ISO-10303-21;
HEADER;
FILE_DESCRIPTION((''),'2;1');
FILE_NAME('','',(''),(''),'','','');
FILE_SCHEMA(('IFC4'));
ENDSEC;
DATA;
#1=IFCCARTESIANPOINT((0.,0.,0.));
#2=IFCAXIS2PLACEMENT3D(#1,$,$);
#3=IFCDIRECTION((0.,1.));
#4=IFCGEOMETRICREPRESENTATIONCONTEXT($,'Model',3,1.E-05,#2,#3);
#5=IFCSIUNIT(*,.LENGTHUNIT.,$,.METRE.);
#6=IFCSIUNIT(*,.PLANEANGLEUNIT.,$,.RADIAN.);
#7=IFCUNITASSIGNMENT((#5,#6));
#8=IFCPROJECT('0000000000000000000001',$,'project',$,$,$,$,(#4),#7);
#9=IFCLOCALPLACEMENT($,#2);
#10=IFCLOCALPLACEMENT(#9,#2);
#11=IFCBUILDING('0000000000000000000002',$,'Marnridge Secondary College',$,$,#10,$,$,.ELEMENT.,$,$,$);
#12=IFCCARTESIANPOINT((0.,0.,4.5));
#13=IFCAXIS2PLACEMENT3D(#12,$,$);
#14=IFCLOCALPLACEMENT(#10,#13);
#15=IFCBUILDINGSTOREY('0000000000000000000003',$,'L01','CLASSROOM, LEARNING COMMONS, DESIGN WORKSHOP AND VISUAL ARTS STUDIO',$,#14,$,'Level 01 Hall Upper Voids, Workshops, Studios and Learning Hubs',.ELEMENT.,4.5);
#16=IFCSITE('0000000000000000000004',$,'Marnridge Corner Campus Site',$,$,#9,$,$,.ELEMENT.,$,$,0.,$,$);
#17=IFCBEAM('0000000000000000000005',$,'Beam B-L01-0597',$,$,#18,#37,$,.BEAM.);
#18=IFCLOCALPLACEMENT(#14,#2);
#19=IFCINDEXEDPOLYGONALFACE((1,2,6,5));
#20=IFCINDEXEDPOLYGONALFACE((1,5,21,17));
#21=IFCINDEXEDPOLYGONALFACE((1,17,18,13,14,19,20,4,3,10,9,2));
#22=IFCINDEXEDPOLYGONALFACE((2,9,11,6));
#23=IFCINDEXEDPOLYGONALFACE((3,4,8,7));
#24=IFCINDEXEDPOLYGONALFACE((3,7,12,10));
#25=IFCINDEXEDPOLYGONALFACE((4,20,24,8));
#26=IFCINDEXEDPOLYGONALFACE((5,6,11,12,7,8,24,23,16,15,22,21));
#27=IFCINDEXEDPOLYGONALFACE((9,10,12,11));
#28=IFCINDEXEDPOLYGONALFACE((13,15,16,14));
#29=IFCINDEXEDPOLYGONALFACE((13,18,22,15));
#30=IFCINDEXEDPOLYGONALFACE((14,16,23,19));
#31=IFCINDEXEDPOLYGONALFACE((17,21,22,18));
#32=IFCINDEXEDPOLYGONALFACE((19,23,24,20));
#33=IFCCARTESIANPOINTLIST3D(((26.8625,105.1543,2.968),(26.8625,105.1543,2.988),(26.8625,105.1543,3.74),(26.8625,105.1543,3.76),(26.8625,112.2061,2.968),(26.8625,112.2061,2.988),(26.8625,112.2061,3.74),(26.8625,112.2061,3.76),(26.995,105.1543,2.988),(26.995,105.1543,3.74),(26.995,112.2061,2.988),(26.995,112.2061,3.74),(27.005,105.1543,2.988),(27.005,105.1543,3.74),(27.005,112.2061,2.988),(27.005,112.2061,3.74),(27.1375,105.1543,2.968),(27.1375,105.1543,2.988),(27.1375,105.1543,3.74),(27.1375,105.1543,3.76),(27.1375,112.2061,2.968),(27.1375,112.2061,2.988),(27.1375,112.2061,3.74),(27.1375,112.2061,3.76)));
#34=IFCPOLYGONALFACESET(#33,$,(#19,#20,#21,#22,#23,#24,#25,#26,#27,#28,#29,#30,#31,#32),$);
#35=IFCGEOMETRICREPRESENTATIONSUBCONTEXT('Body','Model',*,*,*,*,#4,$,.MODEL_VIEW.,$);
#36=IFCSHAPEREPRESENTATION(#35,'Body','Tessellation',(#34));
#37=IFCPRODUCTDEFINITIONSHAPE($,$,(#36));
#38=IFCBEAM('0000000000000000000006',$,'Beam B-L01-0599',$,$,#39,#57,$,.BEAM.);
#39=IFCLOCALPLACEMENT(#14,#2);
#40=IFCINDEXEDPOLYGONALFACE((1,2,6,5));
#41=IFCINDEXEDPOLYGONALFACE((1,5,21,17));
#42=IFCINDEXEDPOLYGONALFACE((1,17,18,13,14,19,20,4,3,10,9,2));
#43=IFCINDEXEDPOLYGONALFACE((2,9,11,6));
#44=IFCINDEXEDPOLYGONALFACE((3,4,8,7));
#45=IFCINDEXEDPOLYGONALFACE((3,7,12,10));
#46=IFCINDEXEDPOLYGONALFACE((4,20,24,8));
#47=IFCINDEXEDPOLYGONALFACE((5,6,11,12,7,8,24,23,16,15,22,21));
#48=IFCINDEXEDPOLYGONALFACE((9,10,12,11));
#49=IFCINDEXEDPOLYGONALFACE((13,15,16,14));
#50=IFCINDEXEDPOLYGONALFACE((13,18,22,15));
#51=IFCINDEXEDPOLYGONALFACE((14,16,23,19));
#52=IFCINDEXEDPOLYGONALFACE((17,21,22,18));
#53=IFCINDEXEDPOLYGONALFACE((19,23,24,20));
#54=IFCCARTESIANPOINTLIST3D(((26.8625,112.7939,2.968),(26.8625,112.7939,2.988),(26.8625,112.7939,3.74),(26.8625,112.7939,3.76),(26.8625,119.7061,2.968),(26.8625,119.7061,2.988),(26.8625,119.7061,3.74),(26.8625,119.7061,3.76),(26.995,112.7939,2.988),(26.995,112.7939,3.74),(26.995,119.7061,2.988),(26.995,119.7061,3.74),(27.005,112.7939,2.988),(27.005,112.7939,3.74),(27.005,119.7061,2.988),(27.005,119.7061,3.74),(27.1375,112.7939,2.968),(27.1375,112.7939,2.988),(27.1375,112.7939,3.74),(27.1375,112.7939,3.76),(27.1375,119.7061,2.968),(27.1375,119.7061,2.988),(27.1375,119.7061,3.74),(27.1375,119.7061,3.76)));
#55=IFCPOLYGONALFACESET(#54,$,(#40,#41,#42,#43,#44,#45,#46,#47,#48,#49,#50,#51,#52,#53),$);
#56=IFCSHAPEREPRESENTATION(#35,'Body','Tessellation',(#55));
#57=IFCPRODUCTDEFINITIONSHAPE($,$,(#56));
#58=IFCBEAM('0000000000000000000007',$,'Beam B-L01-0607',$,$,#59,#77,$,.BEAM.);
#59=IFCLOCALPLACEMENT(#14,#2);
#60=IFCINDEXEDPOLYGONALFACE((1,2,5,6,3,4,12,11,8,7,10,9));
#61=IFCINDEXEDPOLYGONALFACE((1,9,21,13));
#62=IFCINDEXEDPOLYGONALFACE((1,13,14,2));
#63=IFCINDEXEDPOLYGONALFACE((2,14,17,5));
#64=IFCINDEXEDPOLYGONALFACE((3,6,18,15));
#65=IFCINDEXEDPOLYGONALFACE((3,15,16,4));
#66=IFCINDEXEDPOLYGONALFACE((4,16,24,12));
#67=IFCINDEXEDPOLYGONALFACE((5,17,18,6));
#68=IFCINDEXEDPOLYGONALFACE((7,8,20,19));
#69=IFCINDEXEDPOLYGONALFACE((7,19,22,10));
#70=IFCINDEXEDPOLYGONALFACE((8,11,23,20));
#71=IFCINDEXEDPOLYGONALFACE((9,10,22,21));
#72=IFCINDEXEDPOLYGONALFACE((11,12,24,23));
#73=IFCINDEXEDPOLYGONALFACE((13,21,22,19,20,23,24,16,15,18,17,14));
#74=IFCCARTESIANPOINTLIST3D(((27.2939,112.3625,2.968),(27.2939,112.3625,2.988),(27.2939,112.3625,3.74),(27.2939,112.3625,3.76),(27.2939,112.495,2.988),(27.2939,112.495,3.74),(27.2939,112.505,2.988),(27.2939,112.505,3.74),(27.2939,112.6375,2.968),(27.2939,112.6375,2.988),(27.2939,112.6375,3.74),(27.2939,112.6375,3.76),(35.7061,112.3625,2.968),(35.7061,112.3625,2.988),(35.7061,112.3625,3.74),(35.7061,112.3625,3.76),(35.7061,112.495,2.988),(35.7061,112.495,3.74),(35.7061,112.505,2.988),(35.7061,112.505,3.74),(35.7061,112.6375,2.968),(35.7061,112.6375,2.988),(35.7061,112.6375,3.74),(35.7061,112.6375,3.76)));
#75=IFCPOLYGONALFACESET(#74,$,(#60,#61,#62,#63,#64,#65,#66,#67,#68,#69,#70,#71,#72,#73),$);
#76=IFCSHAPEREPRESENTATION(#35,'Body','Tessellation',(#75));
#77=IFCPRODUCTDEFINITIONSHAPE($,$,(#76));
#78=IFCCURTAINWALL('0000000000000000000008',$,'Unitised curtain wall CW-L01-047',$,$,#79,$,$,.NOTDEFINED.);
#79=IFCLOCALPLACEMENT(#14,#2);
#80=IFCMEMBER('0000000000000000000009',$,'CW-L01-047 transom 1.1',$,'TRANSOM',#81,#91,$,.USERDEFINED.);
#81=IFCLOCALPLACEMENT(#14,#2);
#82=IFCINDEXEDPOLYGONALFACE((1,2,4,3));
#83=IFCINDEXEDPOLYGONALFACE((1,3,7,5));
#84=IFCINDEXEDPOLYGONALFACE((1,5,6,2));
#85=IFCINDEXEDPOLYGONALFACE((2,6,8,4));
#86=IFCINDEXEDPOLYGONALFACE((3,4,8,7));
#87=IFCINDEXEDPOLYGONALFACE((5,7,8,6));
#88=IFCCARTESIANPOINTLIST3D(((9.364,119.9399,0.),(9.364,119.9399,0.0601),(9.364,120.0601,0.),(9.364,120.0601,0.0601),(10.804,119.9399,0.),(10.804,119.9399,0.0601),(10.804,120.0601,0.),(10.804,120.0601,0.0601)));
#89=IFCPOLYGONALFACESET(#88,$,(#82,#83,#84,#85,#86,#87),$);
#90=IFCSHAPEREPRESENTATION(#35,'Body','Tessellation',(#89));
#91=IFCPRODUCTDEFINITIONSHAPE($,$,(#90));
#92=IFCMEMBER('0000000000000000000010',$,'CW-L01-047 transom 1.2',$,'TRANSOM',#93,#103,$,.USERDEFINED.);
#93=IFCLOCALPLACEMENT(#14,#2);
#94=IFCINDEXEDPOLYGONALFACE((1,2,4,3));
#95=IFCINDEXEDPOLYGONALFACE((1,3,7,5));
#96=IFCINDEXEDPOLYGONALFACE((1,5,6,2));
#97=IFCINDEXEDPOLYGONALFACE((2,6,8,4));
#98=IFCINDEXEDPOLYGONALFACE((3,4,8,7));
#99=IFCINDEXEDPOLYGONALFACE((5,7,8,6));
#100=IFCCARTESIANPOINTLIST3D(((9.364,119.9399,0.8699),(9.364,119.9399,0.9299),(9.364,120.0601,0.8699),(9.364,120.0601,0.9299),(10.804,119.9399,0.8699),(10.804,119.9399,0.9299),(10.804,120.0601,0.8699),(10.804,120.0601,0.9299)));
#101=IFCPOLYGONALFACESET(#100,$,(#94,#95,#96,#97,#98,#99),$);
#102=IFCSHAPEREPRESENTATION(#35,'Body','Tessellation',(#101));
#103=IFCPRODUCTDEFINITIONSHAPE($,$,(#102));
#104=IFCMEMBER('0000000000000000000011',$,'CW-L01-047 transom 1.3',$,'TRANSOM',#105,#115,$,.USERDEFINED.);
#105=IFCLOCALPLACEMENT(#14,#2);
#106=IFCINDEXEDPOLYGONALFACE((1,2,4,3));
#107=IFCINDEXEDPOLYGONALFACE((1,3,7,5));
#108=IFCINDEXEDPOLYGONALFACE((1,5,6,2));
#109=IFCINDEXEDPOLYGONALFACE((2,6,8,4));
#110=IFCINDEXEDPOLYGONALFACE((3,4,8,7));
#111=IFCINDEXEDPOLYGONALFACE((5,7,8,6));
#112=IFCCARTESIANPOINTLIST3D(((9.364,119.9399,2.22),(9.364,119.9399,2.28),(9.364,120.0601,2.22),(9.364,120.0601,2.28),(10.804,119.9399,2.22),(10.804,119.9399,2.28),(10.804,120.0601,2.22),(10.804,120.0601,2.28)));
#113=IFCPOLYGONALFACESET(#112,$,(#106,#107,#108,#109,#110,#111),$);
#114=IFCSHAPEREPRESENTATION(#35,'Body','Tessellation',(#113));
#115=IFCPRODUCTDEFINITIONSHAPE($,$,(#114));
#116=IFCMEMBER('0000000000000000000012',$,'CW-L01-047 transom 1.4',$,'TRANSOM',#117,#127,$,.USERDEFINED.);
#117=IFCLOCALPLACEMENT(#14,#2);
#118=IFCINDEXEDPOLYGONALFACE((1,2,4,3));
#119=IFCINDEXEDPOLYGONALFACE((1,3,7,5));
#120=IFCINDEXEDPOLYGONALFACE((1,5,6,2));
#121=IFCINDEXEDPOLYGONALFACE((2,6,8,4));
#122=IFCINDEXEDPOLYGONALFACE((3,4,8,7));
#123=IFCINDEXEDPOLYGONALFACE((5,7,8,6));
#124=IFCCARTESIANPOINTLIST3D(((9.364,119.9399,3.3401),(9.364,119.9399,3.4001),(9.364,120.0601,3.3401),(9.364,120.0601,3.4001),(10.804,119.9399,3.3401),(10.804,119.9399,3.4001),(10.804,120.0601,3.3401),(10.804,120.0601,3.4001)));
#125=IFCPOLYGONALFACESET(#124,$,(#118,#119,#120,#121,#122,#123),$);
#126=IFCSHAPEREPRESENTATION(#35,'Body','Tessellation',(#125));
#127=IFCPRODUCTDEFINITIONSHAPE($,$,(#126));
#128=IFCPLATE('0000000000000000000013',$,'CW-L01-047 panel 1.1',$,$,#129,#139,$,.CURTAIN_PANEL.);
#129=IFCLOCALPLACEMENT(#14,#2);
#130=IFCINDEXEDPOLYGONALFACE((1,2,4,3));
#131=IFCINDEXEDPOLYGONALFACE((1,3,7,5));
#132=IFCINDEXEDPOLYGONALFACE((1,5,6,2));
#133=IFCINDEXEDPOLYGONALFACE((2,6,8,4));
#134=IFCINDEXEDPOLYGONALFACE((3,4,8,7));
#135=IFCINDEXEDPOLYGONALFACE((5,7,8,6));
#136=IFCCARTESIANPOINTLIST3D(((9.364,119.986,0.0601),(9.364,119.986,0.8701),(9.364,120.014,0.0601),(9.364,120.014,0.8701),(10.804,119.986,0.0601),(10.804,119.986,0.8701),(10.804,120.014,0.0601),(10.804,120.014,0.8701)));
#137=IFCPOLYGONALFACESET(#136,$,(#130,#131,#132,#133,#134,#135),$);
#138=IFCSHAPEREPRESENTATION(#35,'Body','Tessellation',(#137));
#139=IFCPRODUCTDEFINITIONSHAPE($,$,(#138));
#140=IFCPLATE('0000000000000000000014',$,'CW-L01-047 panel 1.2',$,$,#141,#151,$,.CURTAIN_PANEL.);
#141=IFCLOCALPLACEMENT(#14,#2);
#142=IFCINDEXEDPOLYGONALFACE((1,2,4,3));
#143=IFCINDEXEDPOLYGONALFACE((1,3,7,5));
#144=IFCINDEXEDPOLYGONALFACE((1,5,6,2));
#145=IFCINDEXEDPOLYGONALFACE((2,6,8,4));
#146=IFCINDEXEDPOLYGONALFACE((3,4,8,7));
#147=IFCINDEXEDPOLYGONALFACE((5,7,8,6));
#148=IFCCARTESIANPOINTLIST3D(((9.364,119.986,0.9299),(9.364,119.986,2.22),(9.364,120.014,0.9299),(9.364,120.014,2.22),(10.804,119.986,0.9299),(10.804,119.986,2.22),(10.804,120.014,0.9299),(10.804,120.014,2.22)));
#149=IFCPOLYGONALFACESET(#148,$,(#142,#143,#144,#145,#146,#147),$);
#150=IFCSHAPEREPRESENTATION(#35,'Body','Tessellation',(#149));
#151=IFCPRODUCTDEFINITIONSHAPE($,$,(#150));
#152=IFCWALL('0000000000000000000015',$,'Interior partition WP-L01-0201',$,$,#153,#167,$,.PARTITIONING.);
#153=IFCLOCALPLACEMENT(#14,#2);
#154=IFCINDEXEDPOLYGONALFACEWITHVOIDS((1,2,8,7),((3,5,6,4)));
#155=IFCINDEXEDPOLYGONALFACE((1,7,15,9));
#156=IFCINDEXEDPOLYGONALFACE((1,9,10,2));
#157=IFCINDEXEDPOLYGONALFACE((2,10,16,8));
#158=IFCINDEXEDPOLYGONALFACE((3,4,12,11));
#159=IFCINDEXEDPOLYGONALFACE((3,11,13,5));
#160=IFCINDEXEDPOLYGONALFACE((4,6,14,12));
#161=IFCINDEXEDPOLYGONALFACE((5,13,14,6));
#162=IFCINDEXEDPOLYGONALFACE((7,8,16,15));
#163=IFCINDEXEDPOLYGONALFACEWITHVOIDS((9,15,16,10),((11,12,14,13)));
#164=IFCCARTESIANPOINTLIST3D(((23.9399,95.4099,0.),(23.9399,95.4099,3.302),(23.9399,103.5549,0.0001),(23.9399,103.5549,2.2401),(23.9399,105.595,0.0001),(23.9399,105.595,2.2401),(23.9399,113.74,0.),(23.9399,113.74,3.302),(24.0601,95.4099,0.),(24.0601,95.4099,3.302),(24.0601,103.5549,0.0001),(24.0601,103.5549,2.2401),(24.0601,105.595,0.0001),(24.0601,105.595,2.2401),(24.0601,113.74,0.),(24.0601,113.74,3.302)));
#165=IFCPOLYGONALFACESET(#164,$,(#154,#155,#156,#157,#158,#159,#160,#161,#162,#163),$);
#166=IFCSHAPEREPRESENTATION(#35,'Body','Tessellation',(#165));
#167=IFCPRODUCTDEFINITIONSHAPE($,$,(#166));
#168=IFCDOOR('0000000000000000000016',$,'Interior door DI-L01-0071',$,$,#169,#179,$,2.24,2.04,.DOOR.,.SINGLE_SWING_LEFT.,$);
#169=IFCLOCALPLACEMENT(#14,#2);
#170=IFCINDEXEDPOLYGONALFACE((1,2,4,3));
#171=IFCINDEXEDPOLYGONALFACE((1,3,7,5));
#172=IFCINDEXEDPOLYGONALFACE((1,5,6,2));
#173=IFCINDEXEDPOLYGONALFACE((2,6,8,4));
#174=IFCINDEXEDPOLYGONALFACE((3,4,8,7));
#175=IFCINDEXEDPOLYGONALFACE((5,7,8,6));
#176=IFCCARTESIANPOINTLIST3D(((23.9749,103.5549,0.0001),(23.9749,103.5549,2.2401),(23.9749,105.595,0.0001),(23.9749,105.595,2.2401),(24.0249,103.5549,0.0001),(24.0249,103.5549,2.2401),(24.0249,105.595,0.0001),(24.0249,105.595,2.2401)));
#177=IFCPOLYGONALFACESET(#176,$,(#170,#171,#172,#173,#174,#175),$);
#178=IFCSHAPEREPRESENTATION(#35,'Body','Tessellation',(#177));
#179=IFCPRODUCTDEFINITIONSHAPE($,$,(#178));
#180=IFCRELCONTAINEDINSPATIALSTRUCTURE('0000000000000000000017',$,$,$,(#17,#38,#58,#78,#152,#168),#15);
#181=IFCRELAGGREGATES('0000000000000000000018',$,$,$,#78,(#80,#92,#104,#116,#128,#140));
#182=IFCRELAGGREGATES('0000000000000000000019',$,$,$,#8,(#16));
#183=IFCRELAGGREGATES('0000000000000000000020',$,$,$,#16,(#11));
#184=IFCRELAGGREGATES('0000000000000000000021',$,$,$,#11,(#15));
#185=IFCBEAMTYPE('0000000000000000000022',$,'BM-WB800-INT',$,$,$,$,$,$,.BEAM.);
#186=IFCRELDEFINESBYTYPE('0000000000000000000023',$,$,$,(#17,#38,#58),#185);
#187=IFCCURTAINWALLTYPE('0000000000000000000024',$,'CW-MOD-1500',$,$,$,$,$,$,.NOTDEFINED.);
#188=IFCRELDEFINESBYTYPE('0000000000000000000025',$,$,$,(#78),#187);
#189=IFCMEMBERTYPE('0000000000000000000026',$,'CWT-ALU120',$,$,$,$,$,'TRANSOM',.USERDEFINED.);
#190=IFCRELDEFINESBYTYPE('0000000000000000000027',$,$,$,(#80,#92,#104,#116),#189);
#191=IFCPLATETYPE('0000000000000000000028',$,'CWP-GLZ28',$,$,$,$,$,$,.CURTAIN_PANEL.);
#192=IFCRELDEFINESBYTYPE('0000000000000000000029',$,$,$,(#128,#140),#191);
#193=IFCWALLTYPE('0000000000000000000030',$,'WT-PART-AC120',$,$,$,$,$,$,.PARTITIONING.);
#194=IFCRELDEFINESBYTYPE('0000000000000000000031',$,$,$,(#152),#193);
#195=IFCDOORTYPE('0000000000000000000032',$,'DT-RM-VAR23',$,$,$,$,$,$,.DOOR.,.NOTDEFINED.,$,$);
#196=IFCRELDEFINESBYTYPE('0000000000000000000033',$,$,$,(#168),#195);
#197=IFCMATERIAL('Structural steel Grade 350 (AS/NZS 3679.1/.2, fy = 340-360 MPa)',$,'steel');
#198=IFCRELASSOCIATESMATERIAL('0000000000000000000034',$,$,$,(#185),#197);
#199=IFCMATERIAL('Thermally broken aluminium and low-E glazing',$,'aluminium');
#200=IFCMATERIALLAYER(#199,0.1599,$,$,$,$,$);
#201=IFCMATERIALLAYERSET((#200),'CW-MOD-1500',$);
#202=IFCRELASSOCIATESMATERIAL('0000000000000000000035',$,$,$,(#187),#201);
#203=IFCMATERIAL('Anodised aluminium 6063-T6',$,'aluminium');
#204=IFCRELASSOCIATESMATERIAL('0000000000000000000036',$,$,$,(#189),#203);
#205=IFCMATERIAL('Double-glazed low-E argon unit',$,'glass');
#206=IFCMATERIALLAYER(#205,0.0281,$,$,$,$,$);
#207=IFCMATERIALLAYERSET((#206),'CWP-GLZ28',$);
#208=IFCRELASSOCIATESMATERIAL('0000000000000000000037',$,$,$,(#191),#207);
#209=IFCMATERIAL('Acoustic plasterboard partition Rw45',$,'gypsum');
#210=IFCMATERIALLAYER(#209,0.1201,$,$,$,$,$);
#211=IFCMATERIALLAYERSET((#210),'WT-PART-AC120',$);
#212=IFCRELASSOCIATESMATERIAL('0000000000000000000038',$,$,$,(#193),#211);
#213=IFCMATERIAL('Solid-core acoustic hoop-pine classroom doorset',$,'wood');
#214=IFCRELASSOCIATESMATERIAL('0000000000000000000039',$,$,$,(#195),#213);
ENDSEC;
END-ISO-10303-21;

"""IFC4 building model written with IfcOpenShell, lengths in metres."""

from ifc_helpers import new_model, si_unit, direction, frame, frame_2d, origin, origin_2d, place, context, subcontext, project, spatial, rectangle, i_section, extrude, material, layer, layer_set, material_profile, profile_set, type_object, element, fill, aggregate, save


model = new_model("IFC4")

# Units and contexts
model_context = context("Model", 3, precision=1e-05, world=origin(), true_north=direction((0.0, 1.0)))
body_context = subcontext(model_context, "Body", "Model", "MODEL_VIEW")
ifc_project = project(units=[si_unit("LENGTHUNIT", "METRE"), si_unit("PLANEANGLEUNIT", "RADIAN")], contexts=[model_context])

# Site, building, storey
site_placement = place(None, origin())
site = spatial("IfcSite", under=ifc_project, at=site_placement, Name="Marnridge Corner Campus Site", CompositionType="ELEMENT", RefElevation=0.0)
building_placement = place(site_placement, origin())
building = spatial("IfcBuilding", under=site, at=building_placement, Name="Marnridge Secondary College", CompositionType="ELEMENT")
storey_placement = place(building_placement, frame((0.0, 0.0, 4.5)))
storey = spatial("IfcBuildingStorey", under=building, at=storey_placement, Name="L01", Description="CLASSROOM, LEARNING COMMONS, DESIGN WORKSHOP AND VISUAL ARTS STUDIO", LongName="Level 01 Hall Upper Voids, Workshops, Studios and Learning Hubs", CompositionType="ELEMENT", Elevation=4.5)

# Beams
ifc_material_1 = material(Name="Structural steel Grade 350 (AS/NZS 3679.1/.2, fy = 340-360 MPa)", Category="steel")
ifc_material_profile_1 = material_profile(ifc_material_1, i_section(OverallWidth=0.2749, OverallDepth=0.792, WebThickness=0.01, FlangeThickness=0.02, at=origin_2d()), Name="800WB146")
ifc_profile_set_1 = profile_set([ifc_material_profile_1], Name="Structural steel Grade 350 (AS/NZS 3679.1/.2, fy = 340-360 MPa)")
beam_type_1 = type_object("IfcBeamType", Name="BM-WB800-INT", PredefinedType="BEAM", material=ifc_profile_set_1)
beam_1_placement = place(storey_placement, frame((27.0, 105.1543, 3.364), z_axis=(0.0, 1.0, 0.0), x_axis=(-1.0, 0.0, 0.0)))
element("IfcBeam", 1, at=beam_1_placement, inside=storey, type_object=beam_type_1, Name="Beam B-L01-0597", PredefinedType="BEAM", context=body_context, shape_type="SweptSolid", body=[
    extrude(i_section(OverallWidth=0.2749, OverallDepth=0.792, WebThickness=0.01, FlangeThickness=0.02, at=origin_2d()), origin(), (0.0, 0.0, 1.0), 7.0518),
])
beam_2_placement = place(storey_placement, frame((27.0, 112.7939, 3.364), z_axis=(0.0, 1.0, 0.0), x_axis=(-1.0, 0.0, 0.0)))
element("IfcBeam", 2, at=beam_2_placement, inside=storey, type_object=beam_type_1, Name="Beam B-L01-0599", PredefinedType="BEAM", context=body_context, shape_type="SweptSolid", body=[
    extrude(i_section(OverallWidth=0.2749, OverallDepth=0.792, WebThickness=0.01, FlangeThickness=0.02, at=origin_2d()), origin(), (0.0, 0.0, 1.0), 6.9121),
])
beam_3_placement = place(storey_placement, frame((27.2939, 112.5, 3.364), z_axis=(1.0, 0.0, 0.0), x_axis=(0.0, 1.0, 0.0)))
element("IfcBeam", 3, at=beam_3_placement, inside=storey, type_object=beam_type_1, Name="Beam B-L01-0607", PredefinedType="BEAM", context=body_context, shape_type="SweptSolid", body=[
    extrude(i_section(OverallWidth=0.2749, OverallDepth=0.792, WebThickness=0.01, FlangeThickness=0.02, at=origin_2d()), origin(), (0.0, 0.0, 1.0), 8.4121),
])

# Curtain wall, members, plates
ifc_material_2 = material(Name="Thermally broken aluminium and low-E glazing", Category="aluminium")
ifc_layer_1 = layer(ifc_material_2, 0.1599)
ifc_layer_set_1 = layer_set([ifc_layer_1], Name="CW-MOD-1500")
curtain_wall_type = type_object("IfcCurtainWallType", Name="CW-MOD-1500", PredefinedType="NOTDEFINED", material=ifc_layer_set_1)
curtain_wall_placement = place(storey_placement, origin())
curtain_wall = element("IfcCurtainWall", 4, at=curtain_wall_placement, inside=storey, type_object=curtain_wall_type, Name="Unitised curtain wall CW-L01-047", PredefinedType="NOTDEFINED")
ifc_material_3 = material(Name="Anodised aluminium 6063-T6", Category="aluminium")
ifc_material_profile_2 = material_profile(ifc_material_3, rectangle(XDim=0.0601, YDim=0.1201, at=origin_2d()), Name="ALU 60x120")
ifc_profile_set_2 = profile_set([ifc_material_profile_2], Name="Anodised aluminium 6063-T6")
member_type = type_object("IfcMemberType", Name="CWT-ALU120", ElementType="TRANSOM", PredefinedType="USERDEFINED", material=ifc_profile_set_2)
member_1_placement = place(storey_placement, frame((9.364, 120.0, 0.03), z_axis=(1.0, 0.0, 0.0), x_axis=(0.0, 0.0, 1.0)))
member_1 = element("IfcMember", 5, at=member_1_placement, type_object=member_type, Name="CW-L01-047 transom 1.1", ObjectType="TRANSOM", PredefinedType="USERDEFINED", context=body_context, shape_type="SweptSolid", body=[
    extrude(rectangle(XDim=0.0601, YDim=0.1201, at=origin_2d()), origin(), (0.0, 0.0, 1.0), 1.4399),
])
member_2_placement = place(storey_placement, frame((9.364, 120.0, 0.8999), z_axis=(1.0, 0.0, 0.0), x_axis=(0.0, 0.0, 1.0)))
member_2 = element("IfcMember", 6, at=member_2_placement, type_object=member_type, Name="CW-L01-047 transom 1.2", ObjectType="TRANSOM", PredefinedType="USERDEFINED", context=body_context, shape_type="SweptSolid", body=[
    extrude(rectangle(XDim=0.0601, YDim=0.1201, at=origin_2d()), origin(), (0.0, 0.0, 1.0), 1.4399),
])
member_3_placement = place(storey_placement, frame((9.364, 120.0, 2.25), z_axis=(1.0, 0.0, 0.0), x_axis=(0.0, 0.0, 1.0)))
member_3 = element("IfcMember", 7, at=member_3_placement, type_object=member_type, Name="CW-L01-047 transom 1.3", ObjectType="TRANSOM", PredefinedType="USERDEFINED", context=body_context, shape_type="SweptSolid", body=[
    extrude(rectangle(XDim=0.0601, YDim=0.1201, at=origin_2d()), origin(), (0.0, 0.0, 1.0), 1.4399),
])
member_4_placement = place(storey_placement, frame((9.364, 120.0, 3.3701), z_axis=(1.0, 0.0, 0.0), x_axis=(0.0, 0.0, 1.0)))
member_4 = element("IfcMember", 8, at=member_4_placement, type_object=member_type, Name="CW-L01-047 transom 1.4", ObjectType="TRANSOM", PredefinedType="USERDEFINED", context=body_context, shape_type="SweptSolid", body=[
    extrude(rectangle(XDim=0.0601, YDim=0.1201, at=origin_2d()), origin(), (0.0, 0.0, 1.0), 1.4399),
])
ifc_material_4 = material(Name="Double-glazed low-E argon unit", Category="glass")
ifc_layer_2 = layer(ifc_material_4, 0.0281)
ifc_layer_set_2 = layer_set([ifc_layer_2], Name="CWP-GLZ28")
plate_type = type_object("IfcPlateType", Name="CWP-GLZ28", PredefinedType="CURTAIN_PANEL", material=ifc_layer_set_2)
plate_1_placement = place(storey_placement, frame((10.084, 120.0, 0.0601), z_axis=(0.0, 0.0, 1.0), x_axis=(1.0, 0.0, 0.0)))
plate_1 = element("IfcPlate", 9, at=plate_1_placement, type_object=plate_type, Name="CW-L01-047 panel 1.1", PredefinedType="CURTAIN_PANEL", context=body_context, shape_type="SweptSolid", body=[
    extrude(rectangle(XDim=1.4399, YDim=0.0281, at=origin_2d()), origin(), (0.0, 0.0, 1.0), 0.8101),
])
plate_2_placement = place(storey_placement, frame((10.084, 120.0, 0.9299), z_axis=(0.0, 0.0, 1.0), x_axis=(1.0, 0.0, 0.0)))
plate_2 = element("IfcPlate", 10, at=plate_2_placement, type_object=plate_type, Name="CW-L01-047 panel 1.2", PredefinedType="CURTAIN_PANEL", context=body_context, shape_type="SweptSolid", body=[
    extrude(rectangle(XDim=1.4399, YDim=0.0281, at=origin_2d()), origin(), (0.0, 0.0, 1.0), 1.29),
])
aggregate(curtain_wall, [member_1, member_2, member_3, member_4, plate_1, plate_2])

# Wall, opening, door
ifc_material_5 = material(Name="Acoustic plasterboard partition Rw45", Category="gypsum")
ifc_layer_3 = layer(ifc_material_5, 0.1201)
ifc_layer_set_3 = layer_set([ifc_layer_3], Name="WT-PART-AC120")
wall_type = type_object("IfcWallType", Name="WT-PART-AC120", PredefinedType="PARTITIONING", material=ifc_layer_set_3)
wall_placement = place(storey_placement, frame((24.0, 113.74, 0.0), z_axis=(0.0, 0.0, 1.0), x_axis=(0.0, -1.0, 0.0)))
wall = element("IfcWall", 11, at=wall_placement, inside=storey, type_object=wall_type, Name="Interior partition WP-L01-0201", PredefinedType="PARTITIONING", context=body_context, shape_type="SweptSolid", body=[
    extrude(rectangle(XDim=18.3301, YDim=0.1201, at=frame_2d((9.165, 0.0))), origin(), (0.0, 0.0, 1.0), 3.302),
])
opening_placement = place(wall_placement, frame((8.145, 0.0, 0.0)))
opening = element("IfcOpeningElement", 12, at=opening_placement, cuts=wall, PredefinedType="OPENING", context=body_context, shape_type="SweptSolid", body=[
    extrude(rectangle(XDim=2.04, YDim=2.24, at=frame_2d((1.02, 1.1201))), frame((0.0, 0.0701, 0.0), z_axis=(0.0, -1.0, 0.0), x_axis=(1.0, 0.0, 0.0)), (0.0, 0.0, 1.0), 0.1401),
])
ifc_material_6 = material(Name="Solid-core acoustic hoop-pine classroom doorset", Category="wood")
door_type = type_object("IfcDoorType", Name="DT-RM-VAR23", OperationType="NOTDEFINED", PredefinedType="DOOR", material=ifc_material_6)
door_placement = place(opening_placement, origin())
door = element("IfcDoor", 13, at=door_placement, inside=storey, type_object=door_type, Name="Interior door DI-L01-0071", OperationType="SINGLE_SWING_LEFT", OverallHeight=2.24, OverallWidth=2.04, PredefinedType="DOOR", context=body_context, shape_type="SweptSolid", body=[
    extrude(rectangle(XDim=2.04, YDim=2.24, at=frame_2d((1.02, 1.1201))), frame((0.0, 0.0249, 0.0), z_axis=(0.0, -1.0, 0.0), x_axis=(1.0, 0.0, 0.0)), (0.0, 0.0, 1.0), 0.05),
])
fill(opening, door)

save(model, "model.ifc")
